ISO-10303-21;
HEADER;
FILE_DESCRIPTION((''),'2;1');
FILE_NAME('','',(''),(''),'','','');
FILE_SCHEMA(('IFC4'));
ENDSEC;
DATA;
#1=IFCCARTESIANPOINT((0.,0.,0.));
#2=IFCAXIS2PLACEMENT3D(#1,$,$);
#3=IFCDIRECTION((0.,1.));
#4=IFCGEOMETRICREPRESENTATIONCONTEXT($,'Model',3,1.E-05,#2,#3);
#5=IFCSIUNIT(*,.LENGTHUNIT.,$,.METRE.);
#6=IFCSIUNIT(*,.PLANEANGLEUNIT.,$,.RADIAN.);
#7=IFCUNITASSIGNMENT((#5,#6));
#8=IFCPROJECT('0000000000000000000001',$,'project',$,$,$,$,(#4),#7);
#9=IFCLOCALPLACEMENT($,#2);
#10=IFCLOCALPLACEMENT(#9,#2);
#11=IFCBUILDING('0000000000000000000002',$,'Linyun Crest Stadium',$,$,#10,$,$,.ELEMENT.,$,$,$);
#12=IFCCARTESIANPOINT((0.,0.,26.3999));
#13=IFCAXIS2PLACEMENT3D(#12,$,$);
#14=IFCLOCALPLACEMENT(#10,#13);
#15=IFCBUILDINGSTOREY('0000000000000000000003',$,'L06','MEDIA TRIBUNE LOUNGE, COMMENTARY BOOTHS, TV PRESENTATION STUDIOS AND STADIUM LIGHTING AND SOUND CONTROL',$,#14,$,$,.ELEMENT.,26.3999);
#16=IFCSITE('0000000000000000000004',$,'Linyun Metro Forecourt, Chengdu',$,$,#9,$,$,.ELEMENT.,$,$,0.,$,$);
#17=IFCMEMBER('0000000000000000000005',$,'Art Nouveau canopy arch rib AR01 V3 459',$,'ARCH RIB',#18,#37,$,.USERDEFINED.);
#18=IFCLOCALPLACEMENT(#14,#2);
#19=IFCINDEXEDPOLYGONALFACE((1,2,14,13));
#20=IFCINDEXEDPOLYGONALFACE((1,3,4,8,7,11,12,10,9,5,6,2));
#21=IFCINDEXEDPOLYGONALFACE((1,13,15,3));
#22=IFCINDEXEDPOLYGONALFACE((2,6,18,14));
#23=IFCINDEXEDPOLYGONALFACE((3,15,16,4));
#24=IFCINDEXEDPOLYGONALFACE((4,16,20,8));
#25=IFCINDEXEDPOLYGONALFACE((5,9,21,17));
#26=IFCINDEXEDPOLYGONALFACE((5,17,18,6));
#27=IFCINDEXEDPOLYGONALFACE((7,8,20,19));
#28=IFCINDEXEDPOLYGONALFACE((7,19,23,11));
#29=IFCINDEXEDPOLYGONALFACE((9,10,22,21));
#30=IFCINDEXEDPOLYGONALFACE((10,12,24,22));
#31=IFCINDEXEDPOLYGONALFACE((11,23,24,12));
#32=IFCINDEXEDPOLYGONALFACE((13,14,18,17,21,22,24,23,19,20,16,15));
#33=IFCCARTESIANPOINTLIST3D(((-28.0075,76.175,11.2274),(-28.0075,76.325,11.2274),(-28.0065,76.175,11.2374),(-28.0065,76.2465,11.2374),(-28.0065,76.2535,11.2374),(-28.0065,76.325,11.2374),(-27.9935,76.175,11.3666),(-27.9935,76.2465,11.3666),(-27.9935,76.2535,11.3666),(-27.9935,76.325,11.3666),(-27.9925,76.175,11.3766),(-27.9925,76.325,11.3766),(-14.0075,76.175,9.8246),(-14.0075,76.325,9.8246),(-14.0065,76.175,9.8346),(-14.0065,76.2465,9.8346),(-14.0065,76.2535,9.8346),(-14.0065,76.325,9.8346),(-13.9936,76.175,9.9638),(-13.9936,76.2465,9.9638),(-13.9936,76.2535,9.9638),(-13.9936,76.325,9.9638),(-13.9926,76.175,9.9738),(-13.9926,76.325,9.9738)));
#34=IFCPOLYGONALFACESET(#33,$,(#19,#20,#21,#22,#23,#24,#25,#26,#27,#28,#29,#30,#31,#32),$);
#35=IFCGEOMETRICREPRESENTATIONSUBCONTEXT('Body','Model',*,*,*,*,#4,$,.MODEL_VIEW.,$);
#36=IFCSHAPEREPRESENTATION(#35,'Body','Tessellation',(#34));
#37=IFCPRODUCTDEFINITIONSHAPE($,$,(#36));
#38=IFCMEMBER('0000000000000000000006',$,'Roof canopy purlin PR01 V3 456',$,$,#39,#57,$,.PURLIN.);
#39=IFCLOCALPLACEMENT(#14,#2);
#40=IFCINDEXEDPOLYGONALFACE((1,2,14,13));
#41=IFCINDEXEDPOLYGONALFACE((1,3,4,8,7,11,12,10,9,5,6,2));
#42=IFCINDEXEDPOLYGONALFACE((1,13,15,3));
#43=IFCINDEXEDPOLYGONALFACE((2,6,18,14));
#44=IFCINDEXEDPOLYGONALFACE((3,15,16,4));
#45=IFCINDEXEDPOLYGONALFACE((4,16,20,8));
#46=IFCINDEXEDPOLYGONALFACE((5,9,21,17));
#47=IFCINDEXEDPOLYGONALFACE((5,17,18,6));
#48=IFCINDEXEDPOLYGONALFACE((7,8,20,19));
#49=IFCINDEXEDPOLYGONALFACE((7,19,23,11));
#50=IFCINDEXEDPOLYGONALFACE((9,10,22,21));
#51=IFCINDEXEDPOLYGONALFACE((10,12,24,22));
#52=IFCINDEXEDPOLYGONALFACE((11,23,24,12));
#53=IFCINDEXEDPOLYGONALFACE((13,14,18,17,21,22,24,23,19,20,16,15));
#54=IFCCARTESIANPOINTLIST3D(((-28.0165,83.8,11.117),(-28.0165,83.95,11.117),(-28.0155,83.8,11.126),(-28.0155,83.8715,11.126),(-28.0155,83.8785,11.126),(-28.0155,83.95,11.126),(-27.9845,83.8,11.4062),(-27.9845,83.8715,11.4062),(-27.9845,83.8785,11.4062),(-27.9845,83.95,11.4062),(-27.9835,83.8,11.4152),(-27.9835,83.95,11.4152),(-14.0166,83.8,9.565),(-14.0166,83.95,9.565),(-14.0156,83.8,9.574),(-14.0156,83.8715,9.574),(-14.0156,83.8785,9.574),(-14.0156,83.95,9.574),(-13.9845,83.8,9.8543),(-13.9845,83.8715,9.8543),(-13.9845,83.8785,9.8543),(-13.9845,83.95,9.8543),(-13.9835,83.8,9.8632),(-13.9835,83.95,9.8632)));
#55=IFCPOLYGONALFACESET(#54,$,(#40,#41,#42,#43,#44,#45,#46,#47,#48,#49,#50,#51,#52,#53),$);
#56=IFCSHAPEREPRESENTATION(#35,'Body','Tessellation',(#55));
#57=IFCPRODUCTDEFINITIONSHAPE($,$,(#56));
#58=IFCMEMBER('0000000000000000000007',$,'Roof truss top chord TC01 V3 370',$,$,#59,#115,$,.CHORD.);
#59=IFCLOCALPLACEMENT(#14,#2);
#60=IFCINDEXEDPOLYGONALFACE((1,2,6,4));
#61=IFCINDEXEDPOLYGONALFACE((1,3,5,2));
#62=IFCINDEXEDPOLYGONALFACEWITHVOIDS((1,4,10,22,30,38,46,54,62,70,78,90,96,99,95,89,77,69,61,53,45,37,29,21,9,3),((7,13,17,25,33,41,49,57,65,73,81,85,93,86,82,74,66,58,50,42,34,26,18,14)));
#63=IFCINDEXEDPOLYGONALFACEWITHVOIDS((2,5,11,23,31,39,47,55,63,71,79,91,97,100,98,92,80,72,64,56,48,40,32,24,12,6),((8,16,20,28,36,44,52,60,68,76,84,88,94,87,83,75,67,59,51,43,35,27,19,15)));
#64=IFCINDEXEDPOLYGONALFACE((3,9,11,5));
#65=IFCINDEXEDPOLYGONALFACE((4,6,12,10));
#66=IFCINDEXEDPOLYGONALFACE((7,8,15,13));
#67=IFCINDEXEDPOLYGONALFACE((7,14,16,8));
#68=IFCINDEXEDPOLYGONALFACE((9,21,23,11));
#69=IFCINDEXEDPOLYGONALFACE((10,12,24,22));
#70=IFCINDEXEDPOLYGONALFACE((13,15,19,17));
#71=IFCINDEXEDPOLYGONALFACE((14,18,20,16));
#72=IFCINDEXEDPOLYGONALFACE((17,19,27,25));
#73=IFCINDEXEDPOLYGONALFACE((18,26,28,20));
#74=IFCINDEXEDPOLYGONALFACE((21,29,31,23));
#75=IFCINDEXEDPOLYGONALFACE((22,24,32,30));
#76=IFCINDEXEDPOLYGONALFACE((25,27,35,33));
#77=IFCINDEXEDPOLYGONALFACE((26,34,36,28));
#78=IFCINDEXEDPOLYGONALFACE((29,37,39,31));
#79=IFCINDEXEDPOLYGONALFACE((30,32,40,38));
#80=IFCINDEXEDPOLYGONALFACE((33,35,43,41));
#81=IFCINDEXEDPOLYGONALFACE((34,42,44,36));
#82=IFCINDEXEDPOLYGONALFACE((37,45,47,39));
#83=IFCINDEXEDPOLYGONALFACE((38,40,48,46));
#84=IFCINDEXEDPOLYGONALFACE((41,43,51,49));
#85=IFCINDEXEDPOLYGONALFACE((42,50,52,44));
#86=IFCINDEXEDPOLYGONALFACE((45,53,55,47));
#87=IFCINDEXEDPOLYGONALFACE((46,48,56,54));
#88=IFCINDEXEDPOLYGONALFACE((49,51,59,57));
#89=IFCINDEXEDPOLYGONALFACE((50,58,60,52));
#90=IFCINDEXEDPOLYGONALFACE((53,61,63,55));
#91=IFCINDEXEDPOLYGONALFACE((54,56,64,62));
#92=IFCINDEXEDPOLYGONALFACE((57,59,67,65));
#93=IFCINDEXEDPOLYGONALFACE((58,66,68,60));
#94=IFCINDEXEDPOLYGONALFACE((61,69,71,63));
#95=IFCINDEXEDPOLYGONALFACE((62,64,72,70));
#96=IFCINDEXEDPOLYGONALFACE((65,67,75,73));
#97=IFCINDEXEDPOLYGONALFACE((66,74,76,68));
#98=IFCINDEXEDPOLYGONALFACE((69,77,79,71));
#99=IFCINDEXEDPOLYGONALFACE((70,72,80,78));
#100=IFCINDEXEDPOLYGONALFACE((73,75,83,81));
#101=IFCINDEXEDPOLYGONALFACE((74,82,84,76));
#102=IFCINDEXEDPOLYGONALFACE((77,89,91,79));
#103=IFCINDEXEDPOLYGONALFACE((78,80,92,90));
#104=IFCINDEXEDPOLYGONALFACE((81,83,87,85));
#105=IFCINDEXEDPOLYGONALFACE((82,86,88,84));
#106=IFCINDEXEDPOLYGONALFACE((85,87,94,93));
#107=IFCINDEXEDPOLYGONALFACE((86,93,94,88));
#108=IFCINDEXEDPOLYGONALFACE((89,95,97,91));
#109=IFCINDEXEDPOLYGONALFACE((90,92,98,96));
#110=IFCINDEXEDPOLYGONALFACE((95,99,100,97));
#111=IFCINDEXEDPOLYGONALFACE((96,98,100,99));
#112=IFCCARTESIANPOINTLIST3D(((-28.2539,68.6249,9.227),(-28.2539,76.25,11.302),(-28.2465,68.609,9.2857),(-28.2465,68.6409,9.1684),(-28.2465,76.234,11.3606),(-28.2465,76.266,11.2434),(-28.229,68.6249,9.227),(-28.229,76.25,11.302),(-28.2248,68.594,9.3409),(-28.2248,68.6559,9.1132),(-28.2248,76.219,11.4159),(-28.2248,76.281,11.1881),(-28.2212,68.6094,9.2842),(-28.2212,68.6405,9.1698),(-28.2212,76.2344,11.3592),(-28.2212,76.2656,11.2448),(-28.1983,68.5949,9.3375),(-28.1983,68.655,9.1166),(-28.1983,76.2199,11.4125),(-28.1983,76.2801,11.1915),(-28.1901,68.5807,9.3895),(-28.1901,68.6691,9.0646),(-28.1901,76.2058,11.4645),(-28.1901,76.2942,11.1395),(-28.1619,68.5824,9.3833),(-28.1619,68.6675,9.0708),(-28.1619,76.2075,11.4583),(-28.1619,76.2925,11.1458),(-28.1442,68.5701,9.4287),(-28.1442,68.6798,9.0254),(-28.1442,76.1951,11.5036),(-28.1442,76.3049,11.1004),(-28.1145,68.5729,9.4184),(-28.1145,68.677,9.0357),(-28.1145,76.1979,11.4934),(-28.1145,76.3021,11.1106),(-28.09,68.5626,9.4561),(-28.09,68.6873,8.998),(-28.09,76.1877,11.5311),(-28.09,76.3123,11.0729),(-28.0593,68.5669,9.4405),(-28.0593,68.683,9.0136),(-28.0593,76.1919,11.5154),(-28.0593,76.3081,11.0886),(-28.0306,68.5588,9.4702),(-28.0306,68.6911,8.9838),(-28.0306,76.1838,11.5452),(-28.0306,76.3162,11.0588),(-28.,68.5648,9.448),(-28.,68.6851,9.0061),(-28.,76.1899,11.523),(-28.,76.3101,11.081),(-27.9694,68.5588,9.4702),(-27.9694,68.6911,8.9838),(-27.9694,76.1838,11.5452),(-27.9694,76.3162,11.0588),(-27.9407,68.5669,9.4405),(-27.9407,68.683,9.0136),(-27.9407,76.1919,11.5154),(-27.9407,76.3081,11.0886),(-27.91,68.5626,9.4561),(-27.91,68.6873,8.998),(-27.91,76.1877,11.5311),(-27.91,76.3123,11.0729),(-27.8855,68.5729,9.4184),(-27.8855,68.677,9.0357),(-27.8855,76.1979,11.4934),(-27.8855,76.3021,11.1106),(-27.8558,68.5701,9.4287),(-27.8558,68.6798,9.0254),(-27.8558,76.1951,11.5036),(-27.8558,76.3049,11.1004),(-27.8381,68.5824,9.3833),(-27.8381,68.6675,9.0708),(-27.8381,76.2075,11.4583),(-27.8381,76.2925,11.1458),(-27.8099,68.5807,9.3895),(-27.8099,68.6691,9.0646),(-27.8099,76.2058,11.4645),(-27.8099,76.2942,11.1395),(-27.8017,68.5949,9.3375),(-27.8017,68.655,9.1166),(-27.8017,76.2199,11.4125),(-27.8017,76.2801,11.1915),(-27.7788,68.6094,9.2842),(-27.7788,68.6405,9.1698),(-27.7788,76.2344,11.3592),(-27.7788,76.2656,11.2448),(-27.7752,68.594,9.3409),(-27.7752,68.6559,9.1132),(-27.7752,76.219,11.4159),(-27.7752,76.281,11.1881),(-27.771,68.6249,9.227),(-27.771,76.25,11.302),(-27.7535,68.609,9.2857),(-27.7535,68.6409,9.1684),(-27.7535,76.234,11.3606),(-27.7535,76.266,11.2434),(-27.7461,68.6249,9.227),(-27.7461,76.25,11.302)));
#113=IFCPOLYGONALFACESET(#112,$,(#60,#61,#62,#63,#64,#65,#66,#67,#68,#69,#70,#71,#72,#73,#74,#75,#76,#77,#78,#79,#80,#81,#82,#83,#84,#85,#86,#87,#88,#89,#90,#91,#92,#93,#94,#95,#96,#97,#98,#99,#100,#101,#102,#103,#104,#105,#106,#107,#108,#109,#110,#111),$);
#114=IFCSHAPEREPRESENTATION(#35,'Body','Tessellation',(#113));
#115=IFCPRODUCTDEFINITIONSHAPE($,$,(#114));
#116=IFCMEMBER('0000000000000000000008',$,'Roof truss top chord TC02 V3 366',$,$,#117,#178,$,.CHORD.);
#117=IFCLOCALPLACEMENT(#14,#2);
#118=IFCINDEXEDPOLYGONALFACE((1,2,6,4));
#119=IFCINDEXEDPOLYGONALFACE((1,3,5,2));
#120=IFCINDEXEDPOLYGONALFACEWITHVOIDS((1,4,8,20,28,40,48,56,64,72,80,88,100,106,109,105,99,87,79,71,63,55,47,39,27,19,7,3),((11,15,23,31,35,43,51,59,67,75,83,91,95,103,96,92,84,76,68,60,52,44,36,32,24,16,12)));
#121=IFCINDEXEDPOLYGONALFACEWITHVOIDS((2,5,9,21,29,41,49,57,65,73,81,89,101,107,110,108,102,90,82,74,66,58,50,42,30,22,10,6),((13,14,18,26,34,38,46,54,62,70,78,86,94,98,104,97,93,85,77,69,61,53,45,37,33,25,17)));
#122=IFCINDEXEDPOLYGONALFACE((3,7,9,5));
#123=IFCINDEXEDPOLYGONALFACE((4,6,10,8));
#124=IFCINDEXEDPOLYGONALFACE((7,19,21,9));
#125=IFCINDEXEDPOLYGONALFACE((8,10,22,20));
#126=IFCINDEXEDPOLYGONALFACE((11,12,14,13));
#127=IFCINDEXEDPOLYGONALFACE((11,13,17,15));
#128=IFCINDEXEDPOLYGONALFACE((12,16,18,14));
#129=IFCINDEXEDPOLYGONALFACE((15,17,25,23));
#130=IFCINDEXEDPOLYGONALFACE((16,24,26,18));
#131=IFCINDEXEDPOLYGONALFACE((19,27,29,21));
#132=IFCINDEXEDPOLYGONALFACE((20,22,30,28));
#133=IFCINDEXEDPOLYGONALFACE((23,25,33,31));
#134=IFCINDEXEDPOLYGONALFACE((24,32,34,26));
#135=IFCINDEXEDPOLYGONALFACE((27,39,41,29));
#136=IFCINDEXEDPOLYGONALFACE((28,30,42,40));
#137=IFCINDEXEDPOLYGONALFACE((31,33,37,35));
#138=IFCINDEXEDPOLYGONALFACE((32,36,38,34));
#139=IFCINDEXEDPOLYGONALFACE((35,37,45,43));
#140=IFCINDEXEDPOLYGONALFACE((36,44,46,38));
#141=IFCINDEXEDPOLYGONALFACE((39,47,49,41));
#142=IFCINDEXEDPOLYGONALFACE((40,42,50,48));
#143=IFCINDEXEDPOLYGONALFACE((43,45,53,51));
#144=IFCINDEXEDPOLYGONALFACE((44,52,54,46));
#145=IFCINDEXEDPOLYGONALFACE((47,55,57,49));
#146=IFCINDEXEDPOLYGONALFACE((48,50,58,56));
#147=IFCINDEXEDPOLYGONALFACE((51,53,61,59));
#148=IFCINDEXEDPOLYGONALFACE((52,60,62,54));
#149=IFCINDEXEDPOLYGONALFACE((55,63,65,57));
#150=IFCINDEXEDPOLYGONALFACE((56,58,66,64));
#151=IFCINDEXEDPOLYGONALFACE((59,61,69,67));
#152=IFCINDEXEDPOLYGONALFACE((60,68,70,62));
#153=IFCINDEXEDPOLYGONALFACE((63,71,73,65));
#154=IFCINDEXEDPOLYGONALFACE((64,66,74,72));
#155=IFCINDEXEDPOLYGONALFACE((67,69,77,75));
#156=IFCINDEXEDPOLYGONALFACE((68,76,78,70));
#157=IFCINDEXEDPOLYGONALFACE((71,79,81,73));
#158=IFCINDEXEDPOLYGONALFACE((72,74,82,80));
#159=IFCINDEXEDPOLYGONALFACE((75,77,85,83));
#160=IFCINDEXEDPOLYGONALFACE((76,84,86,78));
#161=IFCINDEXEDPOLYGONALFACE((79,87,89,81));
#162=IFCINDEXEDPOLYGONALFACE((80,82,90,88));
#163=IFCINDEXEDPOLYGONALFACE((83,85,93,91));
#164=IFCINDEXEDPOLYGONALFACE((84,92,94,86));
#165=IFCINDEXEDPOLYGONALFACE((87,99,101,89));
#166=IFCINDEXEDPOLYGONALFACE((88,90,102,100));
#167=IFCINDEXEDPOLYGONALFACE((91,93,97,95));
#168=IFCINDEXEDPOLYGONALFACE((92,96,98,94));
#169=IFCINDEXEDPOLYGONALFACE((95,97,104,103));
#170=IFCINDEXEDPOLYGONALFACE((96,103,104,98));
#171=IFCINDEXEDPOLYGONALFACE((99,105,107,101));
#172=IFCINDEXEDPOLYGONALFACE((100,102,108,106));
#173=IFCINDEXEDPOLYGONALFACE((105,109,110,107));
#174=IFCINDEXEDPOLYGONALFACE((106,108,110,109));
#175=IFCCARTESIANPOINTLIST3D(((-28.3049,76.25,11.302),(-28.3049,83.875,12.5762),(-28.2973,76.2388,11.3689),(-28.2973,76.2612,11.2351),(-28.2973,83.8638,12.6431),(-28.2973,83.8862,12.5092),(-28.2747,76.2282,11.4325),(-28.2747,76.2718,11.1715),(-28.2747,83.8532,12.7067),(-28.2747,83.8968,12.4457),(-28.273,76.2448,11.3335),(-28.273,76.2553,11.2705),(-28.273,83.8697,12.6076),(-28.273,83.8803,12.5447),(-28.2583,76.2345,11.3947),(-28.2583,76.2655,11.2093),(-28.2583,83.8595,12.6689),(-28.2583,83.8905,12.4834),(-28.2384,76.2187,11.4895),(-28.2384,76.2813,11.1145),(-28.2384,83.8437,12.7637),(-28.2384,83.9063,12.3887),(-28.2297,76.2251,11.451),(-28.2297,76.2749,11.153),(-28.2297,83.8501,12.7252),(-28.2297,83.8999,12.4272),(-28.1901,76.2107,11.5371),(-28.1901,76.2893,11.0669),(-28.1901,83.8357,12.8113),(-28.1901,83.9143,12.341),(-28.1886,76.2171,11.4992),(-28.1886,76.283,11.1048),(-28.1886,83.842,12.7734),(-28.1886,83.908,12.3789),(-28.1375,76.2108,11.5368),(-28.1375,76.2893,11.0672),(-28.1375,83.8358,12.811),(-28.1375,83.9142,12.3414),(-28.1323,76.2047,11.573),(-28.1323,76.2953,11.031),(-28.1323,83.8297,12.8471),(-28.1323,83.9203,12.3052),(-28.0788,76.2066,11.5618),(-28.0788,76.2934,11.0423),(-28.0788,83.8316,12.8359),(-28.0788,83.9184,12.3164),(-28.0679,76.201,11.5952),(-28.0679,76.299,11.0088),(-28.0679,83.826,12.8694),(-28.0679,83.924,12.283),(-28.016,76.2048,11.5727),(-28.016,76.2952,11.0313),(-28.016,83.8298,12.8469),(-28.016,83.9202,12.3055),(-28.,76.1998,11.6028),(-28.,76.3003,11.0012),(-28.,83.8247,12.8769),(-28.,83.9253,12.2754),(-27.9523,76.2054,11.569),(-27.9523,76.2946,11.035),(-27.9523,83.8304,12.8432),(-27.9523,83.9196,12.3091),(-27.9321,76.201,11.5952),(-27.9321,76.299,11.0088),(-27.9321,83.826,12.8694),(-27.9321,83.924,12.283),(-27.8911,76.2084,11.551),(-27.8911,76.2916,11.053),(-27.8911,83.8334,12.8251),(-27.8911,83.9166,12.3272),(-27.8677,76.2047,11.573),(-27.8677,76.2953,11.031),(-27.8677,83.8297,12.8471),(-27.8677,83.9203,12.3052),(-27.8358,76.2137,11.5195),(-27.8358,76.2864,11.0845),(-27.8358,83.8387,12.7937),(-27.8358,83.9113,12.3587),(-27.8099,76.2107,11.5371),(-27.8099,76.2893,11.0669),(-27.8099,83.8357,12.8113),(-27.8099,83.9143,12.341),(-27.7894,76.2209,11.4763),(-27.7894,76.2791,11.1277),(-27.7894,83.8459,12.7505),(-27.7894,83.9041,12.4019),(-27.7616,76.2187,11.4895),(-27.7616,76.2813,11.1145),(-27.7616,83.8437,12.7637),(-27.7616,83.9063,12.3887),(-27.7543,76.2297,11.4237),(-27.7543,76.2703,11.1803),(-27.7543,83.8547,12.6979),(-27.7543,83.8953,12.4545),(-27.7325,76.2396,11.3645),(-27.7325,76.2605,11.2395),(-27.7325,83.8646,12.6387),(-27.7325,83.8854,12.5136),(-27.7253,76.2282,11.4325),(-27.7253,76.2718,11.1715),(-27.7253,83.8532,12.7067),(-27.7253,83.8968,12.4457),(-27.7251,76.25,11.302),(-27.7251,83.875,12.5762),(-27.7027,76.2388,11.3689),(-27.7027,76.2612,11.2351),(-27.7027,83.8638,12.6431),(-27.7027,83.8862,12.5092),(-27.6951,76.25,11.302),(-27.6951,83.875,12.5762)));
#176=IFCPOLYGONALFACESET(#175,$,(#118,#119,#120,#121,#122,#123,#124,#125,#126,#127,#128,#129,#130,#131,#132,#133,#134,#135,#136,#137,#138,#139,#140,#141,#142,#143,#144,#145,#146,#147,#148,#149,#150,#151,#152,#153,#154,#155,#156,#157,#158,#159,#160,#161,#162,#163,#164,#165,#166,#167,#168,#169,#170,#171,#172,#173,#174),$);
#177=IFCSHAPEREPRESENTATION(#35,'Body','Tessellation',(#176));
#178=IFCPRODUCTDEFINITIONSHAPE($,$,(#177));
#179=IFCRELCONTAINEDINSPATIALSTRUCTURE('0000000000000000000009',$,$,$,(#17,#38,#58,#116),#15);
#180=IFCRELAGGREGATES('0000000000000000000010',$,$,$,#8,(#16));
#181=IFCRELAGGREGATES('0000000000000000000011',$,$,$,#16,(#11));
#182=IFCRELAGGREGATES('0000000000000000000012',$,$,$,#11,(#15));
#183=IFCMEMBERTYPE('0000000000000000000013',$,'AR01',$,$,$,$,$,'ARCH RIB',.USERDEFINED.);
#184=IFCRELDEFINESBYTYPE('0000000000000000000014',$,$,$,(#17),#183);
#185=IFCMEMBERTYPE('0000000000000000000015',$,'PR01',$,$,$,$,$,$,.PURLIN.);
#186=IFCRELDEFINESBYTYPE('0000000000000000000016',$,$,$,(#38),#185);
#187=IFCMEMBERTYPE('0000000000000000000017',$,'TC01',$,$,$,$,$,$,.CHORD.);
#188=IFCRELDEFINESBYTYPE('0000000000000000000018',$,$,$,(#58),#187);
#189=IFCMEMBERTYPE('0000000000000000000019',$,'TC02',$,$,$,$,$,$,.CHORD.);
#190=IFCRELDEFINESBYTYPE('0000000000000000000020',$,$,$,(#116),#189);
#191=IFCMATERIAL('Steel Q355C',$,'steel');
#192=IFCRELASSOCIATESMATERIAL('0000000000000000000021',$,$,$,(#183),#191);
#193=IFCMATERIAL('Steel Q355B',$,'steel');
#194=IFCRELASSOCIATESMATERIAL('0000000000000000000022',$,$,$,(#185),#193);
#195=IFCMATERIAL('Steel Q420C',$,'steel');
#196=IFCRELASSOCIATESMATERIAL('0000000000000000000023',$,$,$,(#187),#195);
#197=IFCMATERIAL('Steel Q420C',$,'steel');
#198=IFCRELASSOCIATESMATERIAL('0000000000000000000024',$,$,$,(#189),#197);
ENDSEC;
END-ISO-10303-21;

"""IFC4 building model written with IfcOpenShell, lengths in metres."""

from ifc_helpers import new_model, si_unit, direction, frame, origin, origin_2d, place, context, subcontext, project, spatial, hollow_circle, i_section, extrude, material, material_profile, profile_set, type_object, element, save


model = new_model("IFC4")

# Units and contexts
model_context = context("Model", 3, precision=1e-05, world=origin(), true_north=direction((0.0, 1.0)))
body_context = subcontext(model_context, "Body", "Model", "MODEL_VIEW")
ifc_project = project(units=[si_unit("LENGTHUNIT", "METRE"), si_unit("PLANEANGLEUNIT", "RADIAN")], contexts=[model_context])

# Site, building, storey
site_placement = place(None, origin())
site = spatial("IfcSite", under=ifc_project, at=site_placement, Name="Linyun Metro Forecourt, Chengdu", CompositionType="ELEMENT", RefElevation=0.0)
building_placement = place(site_placement, origin())
building = spatial("IfcBuilding", under=site, at=building_placement, Name="Linyun Crest Stadium", CompositionType="ELEMENT")
storey_placement = place(building_placement, frame((0.0, 0.0, 26.3999)))
storey = spatial("IfcBuildingStorey", under=building, at=storey_placement, Name="L06", Description="MEDIA TRIBUNE LOUNGE, COMMENTARY BOOTHS, TV PRESENTATION STUDIOS AND STADIUM LIGHTING AND SOUND CONTROL", CompositionType="ELEMENT", Elevation=26.3999)

# Members
ifc_material_1 = material(Name="Steel Q355C", Category="steel")
ifc_material_profile_1 = material_profile(ifc_material_1, i_section(OverallWidth=0.1499, OverallDepth=0.1499, WebThickness=0.0071, FlangeThickness=0.01, at=origin_2d()), Name="HW 150x150")
ifc_profile_set_1 = profile_set([ifc_material_profile_1], Name="Steel Q355C")
member_type_1 = type_object("IfcMemberType", Name="AR01", ElementType="ARCH RIB", PredefinedType="USERDEFINED", material=ifc_profile_set_1)
member_1_placement = place(storey_placement, frame((-28.0, 76.25, 11.302), z_axis=(0.995017, 0.0, -0.099703), x_axis=(0.0, 1.0, 0.0)))
element("IfcMember", 1, at=member_1_placement, inside=storey, type_object=member_type_1, Name="Art Nouveau canopy arch rib AR01 V3 459", ObjectType="ARCH RIB", PredefinedType="USERDEFINED", context=body_context, shape_type="SweptSolid", body=[
    extrude(i_section(OverallWidth=0.1499, OverallDepth=0.1499, WebThickness=0.0071, FlangeThickness=0.01, at=origin_2d()), origin(), (0.0, 0.0, 1.0), 14.0701),
])
ifc_material_2 = material(Name="Steel Q355B", Category="steel")
ifc_material_profile_2 = material_profile(ifc_material_2, i_section(OverallWidth=0.1499, OverallDepth=0.3, WebThickness=0.0071, FlangeThickness=0.009, at=origin_2d()), Name="HN 300x150")
ifc_profile_set_2 = profile_set([ifc_material_profile_2], Name="Steel Q355B")
member_type_2 = type_object("IfcMemberType", Name="PR01", PredefinedType="PURLIN", material=ifc_profile_set_2)
member_2_placement = place(storey_placement, frame((-28.0, 83.875, 11.2661), z_axis=(0.993911, 0.0, -0.110182), x_axis=(0.0, 1.0, 0.0)))
element("IfcMember", 2, at=member_2_placement, inside=storey, type_object=member_type_2, Name="Roof canopy purlin PR01 V3 456", PredefinedType="PURLIN", context=body_context, shape_type="SweptSolid", body=[
    extrude(i_section(OverallWidth=0.1499, OverallDepth=0.3, WebThickness=0.0071, FlangeThickness=0.009, at=origin_2d()), origin(), (0.0, 0.0, 1.0), 14.0857),
])
ifc_material_3 = material(Name="Steel Q420C", Category="steel")
ifc_material_profile_3 = material_profile(ifc_material_3, hollow_circle(Radius=0.2539, WallThickness=0.0249, at=origin_2d()), Name="CHS 508x25")
ifc_profile_set_3 = profile_set([ifc_material_profile_3], Name="Steel Q420C")
member_type_3 = type_object("IfcMemberType", Name="TC01", PredefinedType="CHORD", material=ifc_profile_set_3)
member_3_placement = place(storey_placement, frame((-28.0, 76.25, 11.302), z_axis=(0.0, -0.964911, -0.262576), x_axis=(1.0, 0.0, 0.0)))
element("IfcMember", 3, at=member_3_placement, inside=storey, type_object=member_type_3, Name="Roof truss top chord TC01 V3 370", PredefinedType="CHORD", context=body_context, shape_type="SweptSolid", body=[
    extrude(hollow_circle(Radius=0.2539, WallThickness=0.0249, at=origin_2d()), origin(), (0.0, 0.0, 1.0), 7.9023),
])
ifc_material_4 = material(Name="Steel Q420C", Category="steel")
ifc_material_profile_4 = material_profile(ifc_material_4, hollow_circle(Radius=0.3049, WallThickness=0.03, at=origin_2d()), Name="CHS 610x30")
ifc_profile_set_4 = profile_set([ifc_material_profile_4], Name="Steel Q420C")
member_type_4 = type_object("IfcMemberType", Name="TC02", PredefinedType="CHORD", material=ifc_profile_set_4)
member_4_placement = place(storey_placement, frame((-28.0, 83.875, 12.5762), z_axis=(0.0, -0.986324, -0.164819), x_axis=(1.0, 0.0, 0.0)))
element("IfcMember", 4, at=member_4_placement, inside=storey, type_object=member_type_4, Name="Roof truss top chord TC02 V3 366", PredefinedType="CHORD", context=body_context, shape_type="SweptSolid", body=[
    extrude(hollow_circle(Radius=0.3049, WallThickness=0.03, at=origin_2d()), origin(), (0.0, 0.0, 1.0), 7.7307),
])

save(model, "model.ifc")
